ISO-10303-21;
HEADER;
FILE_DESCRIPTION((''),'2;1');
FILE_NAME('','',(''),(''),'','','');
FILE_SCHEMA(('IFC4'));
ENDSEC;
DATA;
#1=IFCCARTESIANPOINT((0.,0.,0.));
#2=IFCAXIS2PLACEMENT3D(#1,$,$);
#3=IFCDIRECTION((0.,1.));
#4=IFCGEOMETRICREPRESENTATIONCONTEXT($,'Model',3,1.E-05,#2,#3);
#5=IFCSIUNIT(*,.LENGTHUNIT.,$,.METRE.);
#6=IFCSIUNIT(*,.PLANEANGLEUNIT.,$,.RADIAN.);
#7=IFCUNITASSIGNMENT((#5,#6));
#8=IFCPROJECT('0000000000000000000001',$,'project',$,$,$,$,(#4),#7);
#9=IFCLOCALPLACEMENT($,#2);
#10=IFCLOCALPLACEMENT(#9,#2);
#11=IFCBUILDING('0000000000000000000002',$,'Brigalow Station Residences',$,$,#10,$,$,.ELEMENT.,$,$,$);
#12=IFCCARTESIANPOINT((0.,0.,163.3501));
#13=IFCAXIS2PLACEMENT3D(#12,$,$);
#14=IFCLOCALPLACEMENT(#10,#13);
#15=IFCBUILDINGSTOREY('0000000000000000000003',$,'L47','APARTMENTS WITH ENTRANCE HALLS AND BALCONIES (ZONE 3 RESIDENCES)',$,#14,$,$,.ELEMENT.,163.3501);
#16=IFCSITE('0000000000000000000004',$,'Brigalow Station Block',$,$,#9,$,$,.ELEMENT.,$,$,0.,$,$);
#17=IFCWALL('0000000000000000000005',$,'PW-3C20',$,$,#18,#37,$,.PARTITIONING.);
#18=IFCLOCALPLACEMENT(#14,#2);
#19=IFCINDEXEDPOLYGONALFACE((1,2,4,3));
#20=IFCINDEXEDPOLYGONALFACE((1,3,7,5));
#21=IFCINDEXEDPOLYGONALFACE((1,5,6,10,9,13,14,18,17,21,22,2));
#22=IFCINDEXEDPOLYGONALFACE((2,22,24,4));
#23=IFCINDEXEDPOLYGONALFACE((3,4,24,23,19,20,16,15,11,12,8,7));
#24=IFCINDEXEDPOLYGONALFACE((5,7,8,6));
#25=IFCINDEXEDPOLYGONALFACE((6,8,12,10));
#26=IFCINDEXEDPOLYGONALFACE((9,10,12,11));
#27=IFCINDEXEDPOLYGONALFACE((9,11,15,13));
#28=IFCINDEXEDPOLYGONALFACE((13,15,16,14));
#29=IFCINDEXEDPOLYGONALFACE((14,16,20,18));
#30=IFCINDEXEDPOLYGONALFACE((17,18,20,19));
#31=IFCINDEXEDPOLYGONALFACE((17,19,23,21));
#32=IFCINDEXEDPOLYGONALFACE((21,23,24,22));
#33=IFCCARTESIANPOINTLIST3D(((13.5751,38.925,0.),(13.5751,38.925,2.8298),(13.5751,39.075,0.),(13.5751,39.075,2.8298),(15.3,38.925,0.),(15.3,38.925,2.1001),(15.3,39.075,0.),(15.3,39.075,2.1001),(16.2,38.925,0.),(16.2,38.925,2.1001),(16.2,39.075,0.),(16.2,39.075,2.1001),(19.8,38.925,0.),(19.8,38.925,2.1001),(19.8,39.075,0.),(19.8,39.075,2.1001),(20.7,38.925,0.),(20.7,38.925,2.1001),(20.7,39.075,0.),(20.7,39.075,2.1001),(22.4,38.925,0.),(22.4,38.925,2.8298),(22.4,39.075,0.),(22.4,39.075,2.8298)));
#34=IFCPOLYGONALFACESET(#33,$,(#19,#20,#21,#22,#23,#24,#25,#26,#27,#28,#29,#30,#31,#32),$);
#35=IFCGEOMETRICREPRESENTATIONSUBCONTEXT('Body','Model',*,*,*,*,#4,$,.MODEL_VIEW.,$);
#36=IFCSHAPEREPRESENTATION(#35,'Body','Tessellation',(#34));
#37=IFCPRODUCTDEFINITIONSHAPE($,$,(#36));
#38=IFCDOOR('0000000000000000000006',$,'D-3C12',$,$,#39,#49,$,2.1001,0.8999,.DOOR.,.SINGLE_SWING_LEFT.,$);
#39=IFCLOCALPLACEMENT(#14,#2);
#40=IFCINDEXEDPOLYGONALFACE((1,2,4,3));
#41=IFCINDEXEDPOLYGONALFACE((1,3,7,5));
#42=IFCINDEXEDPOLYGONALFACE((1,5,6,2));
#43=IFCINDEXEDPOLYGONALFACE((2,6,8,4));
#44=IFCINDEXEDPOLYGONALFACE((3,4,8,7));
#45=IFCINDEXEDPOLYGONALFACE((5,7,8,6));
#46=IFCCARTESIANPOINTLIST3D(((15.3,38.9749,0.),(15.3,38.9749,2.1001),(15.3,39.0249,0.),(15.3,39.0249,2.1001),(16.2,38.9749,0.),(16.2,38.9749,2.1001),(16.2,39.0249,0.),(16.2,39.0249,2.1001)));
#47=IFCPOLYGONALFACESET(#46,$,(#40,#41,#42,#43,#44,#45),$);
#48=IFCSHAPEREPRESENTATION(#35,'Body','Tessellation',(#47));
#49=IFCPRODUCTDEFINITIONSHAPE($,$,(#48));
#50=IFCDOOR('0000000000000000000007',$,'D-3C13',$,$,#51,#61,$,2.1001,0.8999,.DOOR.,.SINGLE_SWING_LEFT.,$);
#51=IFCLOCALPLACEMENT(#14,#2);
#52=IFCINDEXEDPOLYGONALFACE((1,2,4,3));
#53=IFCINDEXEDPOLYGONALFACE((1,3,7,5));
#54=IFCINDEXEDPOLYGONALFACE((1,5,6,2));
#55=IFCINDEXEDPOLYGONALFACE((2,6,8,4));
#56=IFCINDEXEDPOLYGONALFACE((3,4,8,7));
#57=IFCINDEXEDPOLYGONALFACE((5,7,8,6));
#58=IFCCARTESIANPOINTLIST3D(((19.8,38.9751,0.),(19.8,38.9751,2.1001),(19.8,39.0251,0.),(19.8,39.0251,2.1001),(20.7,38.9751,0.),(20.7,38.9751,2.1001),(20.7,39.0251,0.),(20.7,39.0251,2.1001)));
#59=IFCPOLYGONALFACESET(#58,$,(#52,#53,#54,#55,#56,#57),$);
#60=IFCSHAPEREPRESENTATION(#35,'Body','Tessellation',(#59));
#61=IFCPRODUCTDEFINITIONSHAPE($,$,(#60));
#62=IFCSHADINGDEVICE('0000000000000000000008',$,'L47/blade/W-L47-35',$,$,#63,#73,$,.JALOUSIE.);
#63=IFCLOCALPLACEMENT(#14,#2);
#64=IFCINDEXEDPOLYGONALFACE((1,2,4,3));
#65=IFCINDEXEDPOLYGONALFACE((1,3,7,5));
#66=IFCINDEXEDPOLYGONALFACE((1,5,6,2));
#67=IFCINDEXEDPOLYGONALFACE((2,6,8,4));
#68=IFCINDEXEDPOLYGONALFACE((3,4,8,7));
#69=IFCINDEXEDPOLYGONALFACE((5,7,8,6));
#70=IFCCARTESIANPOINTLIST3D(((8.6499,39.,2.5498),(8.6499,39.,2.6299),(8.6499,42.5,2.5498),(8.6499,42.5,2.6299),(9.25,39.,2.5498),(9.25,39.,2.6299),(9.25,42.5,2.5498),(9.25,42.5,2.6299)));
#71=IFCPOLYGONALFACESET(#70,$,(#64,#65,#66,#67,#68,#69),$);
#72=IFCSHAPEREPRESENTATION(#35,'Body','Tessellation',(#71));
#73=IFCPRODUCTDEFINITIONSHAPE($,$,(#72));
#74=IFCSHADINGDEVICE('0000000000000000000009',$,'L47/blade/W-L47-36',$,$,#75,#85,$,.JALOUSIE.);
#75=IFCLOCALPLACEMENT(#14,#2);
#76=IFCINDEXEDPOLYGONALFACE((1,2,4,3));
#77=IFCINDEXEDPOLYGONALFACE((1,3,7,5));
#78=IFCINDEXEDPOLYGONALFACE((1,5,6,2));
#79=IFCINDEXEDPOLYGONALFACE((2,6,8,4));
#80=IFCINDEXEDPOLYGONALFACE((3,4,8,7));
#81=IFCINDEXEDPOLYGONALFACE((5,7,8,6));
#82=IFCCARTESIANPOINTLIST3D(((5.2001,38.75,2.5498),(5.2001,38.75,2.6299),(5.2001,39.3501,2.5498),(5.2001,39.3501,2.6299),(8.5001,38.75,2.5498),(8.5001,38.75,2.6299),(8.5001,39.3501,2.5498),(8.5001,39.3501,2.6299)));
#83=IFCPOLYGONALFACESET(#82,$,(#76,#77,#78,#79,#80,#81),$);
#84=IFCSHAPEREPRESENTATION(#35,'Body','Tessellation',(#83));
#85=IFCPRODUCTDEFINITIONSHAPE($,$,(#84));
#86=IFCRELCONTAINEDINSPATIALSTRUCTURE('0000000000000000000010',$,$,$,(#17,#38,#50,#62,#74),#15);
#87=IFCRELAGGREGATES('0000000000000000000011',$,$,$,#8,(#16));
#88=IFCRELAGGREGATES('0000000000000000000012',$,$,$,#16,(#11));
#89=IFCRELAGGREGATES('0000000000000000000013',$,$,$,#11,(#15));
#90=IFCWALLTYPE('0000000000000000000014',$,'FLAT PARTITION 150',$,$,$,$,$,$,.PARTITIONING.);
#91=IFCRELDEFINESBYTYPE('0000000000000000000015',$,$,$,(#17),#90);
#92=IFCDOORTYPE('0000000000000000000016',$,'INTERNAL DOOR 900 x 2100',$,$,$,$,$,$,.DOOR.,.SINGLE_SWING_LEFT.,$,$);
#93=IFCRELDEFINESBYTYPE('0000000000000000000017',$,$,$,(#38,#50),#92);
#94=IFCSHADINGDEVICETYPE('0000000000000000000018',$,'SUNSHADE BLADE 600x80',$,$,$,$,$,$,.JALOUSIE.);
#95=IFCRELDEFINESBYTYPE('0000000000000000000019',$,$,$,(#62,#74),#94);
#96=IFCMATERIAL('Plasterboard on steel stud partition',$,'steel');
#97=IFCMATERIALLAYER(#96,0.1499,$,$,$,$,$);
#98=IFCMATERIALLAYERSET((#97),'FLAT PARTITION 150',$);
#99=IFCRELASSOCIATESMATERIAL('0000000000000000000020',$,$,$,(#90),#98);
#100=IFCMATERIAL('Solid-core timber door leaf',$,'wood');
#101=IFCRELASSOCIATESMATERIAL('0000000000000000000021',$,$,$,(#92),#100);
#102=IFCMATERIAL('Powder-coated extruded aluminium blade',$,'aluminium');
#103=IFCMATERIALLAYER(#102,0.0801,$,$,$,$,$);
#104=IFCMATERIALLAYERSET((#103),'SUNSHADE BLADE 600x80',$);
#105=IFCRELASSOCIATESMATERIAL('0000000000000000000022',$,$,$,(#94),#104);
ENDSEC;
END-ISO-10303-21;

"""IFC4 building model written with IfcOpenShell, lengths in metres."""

from ifc_helpers import new_model, si_unit, direction, frame, frame_2d, origin, origin_2d, place, context, subcontext, project, spatial, rectangle, extrude, material, layer, layer_set, type_object, element, fill, save


model = new_model("IFC4")

# Units and contexts
model_context = context("Model", 3, precision=1e-05, world=origin(), true_north=direction((0.0, 1.0)))
body_context = subcontext(model_context, "Body", "Model", "MODEL_VIEW")
ifc_project = project(units=[si_unit("LENGTHUNIT", "METRE"), si_unit("PLANEANGLEUNIT", "RADIAN")], contexts=[model_context])

# Site, building, storey
site_placement = place(None, origin())
site = spatial("IfcSite", under=ifc_project, at=site_placement, Name="Brigalow Station Block", CompositionType="ELEMENT", RefElevation=0.0)
building_placement = place(site_placement, origin())
building = spatial("IfcBuilding", under=site, at=building_placement, Name="Brigalow Station Residences", CompositionType="ELEMENT")
storey_placement = place(building_placement, frame((0.0, 0.0, 163.3501)))
storey = spatial("IfcBuildingStorey", under=building, at=storey_placement, Name="L47", Description="APARTMENTS WITH ENTRANCE HALLS AND BALCONIES (ZONE 3 RESIDENCES)", CompositionType="ELEMENT", Elevation=163.3501)

# Wall, openings, doors
ifc_material_1 = material(Name="Plasterboard on steel stud partition", Category="steel")
ifc_layer_1 = layer(ifc_material_1, 0.1499)
ifc_layer_set_1 = layer_set([ifc_layer_1], Name="FLAT PARTITION 150")
wall_type_1 = type_object("IfcWallType", Name="FLAT PARTITION 150", PredefinedType="PARTITIONING", material=ifc_layer_set_1)
wall_1_placement = place(storey_placement, frame((13.575, 39.0, 0.0), z_axis=(0.0, 0.0, 1.0), x_axis=(1.0, 0.0, 0.0)))
wall_1 = element("IfcWall", 1, at=wall_1_placement, inside=storey, type_object=wall_type_1, Name="PW-3C20", PredefinedType="PARTITIONING", context=body_context, shape_type="SweptSolid", body=[
    extrude(rectangle(XDim=8.825, YDim=0.1499, at=frame_2d((4.4126, 0.0))), origin(), (0.0, 0.0, 1.0), 2.8298),
])
opening_1_placement = place(wall_1_placement, frame((1.7251, 0.0, 0.0)))
opening_1 = element("IfcOpeningElement", 2, at=opening_1_placement, cuts=wall_1, PredefinedType="OPENING", context=body_context, shape_type="SweptSolid", body=[
    extrude(rectangle(XDim=0.8999, YDim=2.1001, at=frame_2d((0.45, 1.05))), frame((0.0, 0.085, 0.0), z_axis=(0.0, -1.0, 0.0), x_axis=(1.0, 0.0, 0.0)), (0.0, 0.0, 1.0), 0.1699),
])
opening_2_placement = place(wall_1_placement, frame((6.2251, 0.0, 0.0)))
opening_2 = element("IfcOpeningElement", 3, at=opening_2_placement, cuts=wall_1, PredefinedType="OPENING", context=body_context, shape_type="SweptSolid", body=[
    extrude(rectangle(XDim=0.8999, YDim=2.1001, at=frame_2d((0.45, 1.05))), frame((0.0, 0.085, 0.0), z_axis=(0.0, -1.0, 0.0), x_axis=(1.0, 0.0, 0.0)), (0.0, 0.0, 1.0), 0.1699),
])
ifc_material_2 = material(Name="Solid-core timber door leaf", Category="wood")
door_type_1 = type_object("IfcDoorType", Name="INTERNAL DOOR 900 x 2100", OperationType="SINGLE_SWING_LEFT", PredefinedType="DOOR", material=ifc_material_2)
door_1_placement = place(opening_1_placement, origin())
door_1 = element("IfcDoor", 4, at=door_1_placement, inside=storey, type_object=door_type_1, Name="D-3C12", OperationType="SINGLE_SWING_LEFT", OverallHeight=2.1001, OverallWidth=0.8999, PredefinedType="DOOR", context=body_context, shape_type="SweptSolid", body=[
    extrude(rectangle(XDim=0.8999, YDim=2.1001, at=frame_2d((0.45, 1.05))), frame((0.0, 0.0249, 0.0), z_axis=(0.0, -1.0, 0.0), x_axis=(1.0, 0.0, 0.0)), (0.0, 0.0, 1.0), 0.05),
])
fill(opening_1, door_1)
door_2_placement = place(opening_2_placement, frame((0.8999, 0.0, 0.0), z_axis=(0.0, 0.0, 1.0), x_axis=(-1.0, 0.0, 0.0)))
door_2 = element("IfcDoor", 5, at=door_2_placement, inside=storey, type_object=door_type_1, Name="D-3C13", OperationType="SINGLE_SWING_LEFT", OverallHeight=2.1001, OverallWidth=0.8999, PredefinedType="DOOR", context=body_context, shape_type="SweptSolid", body=[
    extrude(rectangle(XDim=0.8999, YDim=2.1001, at=frame_2d((0.45, 1.05))), frame((0.0, 0.0249, 0.0), z_axis=(0.0, -1.0, 0.0), x_axis=(1.0, 0.0, 0.0)), (0.0, 0.0, 1.0), 0.05),
])
fill(opening_2, door_2)

# Shading devices
ifc_material_3 = material(Name="Powder-coated extruded aluminium blade", Category="aluminium")
ifc_layer_2 = layer(ifc_material_3, 0.0801)
ifc_layer_set_2 = layer_set([ifc_layer_2], Name="SUNSHADE BLADE 600x80")
shading_device_type = type_object("IfcShadingDeviceType", Name="SUNSHADE BLADE 600x80", PredefinedType="JALOUSIE", material=ifc_layer_set_2)
shading_device_1_placement = place(storey_placement, frame((8.95, 40.75, 2.5498), z_axis=(0.0, 0.0, 1.0), x_axis=(0.0, -1.0, 0.0)))
element("IfcShadingDevice", 6, at=shading_device_1_placement, inside=storey, type_object=shading_device_type, Name="L47/blade/W-L47-35", PredefinedType="JALOUSIE", context=body_context, shape_type="SweptSolid", body=[
    extrude(rectangle(XDim=3.5, YDim=0.6001, at=origin_2d()), origin(), (0.0, 0.0, 1.0), 0.0801),
])
shading_device_2_placement = place(storey_placement, frame((6.8501, 39.05, 2.5498), z_axis=(0.0, 0.0, 1.0), x_axis=(-1.0, 0.0, 0.0)))
element("IfcShadingDevice", 7, at=shading_device_2_placement, inside=storey, type_object=shading_device_type, Name="L47/blade/W-L47-36", PredefinedType="JALOUSIE", context=body_context, shape_type="SweptSolid", body=[
    extrude(rectangle(XDim=3.3, YDim=0.6001, at=origin_2d()), origin(), (0.0, 0.0, 1.0), 0.0801),
])

save(model, "model.ifc")
